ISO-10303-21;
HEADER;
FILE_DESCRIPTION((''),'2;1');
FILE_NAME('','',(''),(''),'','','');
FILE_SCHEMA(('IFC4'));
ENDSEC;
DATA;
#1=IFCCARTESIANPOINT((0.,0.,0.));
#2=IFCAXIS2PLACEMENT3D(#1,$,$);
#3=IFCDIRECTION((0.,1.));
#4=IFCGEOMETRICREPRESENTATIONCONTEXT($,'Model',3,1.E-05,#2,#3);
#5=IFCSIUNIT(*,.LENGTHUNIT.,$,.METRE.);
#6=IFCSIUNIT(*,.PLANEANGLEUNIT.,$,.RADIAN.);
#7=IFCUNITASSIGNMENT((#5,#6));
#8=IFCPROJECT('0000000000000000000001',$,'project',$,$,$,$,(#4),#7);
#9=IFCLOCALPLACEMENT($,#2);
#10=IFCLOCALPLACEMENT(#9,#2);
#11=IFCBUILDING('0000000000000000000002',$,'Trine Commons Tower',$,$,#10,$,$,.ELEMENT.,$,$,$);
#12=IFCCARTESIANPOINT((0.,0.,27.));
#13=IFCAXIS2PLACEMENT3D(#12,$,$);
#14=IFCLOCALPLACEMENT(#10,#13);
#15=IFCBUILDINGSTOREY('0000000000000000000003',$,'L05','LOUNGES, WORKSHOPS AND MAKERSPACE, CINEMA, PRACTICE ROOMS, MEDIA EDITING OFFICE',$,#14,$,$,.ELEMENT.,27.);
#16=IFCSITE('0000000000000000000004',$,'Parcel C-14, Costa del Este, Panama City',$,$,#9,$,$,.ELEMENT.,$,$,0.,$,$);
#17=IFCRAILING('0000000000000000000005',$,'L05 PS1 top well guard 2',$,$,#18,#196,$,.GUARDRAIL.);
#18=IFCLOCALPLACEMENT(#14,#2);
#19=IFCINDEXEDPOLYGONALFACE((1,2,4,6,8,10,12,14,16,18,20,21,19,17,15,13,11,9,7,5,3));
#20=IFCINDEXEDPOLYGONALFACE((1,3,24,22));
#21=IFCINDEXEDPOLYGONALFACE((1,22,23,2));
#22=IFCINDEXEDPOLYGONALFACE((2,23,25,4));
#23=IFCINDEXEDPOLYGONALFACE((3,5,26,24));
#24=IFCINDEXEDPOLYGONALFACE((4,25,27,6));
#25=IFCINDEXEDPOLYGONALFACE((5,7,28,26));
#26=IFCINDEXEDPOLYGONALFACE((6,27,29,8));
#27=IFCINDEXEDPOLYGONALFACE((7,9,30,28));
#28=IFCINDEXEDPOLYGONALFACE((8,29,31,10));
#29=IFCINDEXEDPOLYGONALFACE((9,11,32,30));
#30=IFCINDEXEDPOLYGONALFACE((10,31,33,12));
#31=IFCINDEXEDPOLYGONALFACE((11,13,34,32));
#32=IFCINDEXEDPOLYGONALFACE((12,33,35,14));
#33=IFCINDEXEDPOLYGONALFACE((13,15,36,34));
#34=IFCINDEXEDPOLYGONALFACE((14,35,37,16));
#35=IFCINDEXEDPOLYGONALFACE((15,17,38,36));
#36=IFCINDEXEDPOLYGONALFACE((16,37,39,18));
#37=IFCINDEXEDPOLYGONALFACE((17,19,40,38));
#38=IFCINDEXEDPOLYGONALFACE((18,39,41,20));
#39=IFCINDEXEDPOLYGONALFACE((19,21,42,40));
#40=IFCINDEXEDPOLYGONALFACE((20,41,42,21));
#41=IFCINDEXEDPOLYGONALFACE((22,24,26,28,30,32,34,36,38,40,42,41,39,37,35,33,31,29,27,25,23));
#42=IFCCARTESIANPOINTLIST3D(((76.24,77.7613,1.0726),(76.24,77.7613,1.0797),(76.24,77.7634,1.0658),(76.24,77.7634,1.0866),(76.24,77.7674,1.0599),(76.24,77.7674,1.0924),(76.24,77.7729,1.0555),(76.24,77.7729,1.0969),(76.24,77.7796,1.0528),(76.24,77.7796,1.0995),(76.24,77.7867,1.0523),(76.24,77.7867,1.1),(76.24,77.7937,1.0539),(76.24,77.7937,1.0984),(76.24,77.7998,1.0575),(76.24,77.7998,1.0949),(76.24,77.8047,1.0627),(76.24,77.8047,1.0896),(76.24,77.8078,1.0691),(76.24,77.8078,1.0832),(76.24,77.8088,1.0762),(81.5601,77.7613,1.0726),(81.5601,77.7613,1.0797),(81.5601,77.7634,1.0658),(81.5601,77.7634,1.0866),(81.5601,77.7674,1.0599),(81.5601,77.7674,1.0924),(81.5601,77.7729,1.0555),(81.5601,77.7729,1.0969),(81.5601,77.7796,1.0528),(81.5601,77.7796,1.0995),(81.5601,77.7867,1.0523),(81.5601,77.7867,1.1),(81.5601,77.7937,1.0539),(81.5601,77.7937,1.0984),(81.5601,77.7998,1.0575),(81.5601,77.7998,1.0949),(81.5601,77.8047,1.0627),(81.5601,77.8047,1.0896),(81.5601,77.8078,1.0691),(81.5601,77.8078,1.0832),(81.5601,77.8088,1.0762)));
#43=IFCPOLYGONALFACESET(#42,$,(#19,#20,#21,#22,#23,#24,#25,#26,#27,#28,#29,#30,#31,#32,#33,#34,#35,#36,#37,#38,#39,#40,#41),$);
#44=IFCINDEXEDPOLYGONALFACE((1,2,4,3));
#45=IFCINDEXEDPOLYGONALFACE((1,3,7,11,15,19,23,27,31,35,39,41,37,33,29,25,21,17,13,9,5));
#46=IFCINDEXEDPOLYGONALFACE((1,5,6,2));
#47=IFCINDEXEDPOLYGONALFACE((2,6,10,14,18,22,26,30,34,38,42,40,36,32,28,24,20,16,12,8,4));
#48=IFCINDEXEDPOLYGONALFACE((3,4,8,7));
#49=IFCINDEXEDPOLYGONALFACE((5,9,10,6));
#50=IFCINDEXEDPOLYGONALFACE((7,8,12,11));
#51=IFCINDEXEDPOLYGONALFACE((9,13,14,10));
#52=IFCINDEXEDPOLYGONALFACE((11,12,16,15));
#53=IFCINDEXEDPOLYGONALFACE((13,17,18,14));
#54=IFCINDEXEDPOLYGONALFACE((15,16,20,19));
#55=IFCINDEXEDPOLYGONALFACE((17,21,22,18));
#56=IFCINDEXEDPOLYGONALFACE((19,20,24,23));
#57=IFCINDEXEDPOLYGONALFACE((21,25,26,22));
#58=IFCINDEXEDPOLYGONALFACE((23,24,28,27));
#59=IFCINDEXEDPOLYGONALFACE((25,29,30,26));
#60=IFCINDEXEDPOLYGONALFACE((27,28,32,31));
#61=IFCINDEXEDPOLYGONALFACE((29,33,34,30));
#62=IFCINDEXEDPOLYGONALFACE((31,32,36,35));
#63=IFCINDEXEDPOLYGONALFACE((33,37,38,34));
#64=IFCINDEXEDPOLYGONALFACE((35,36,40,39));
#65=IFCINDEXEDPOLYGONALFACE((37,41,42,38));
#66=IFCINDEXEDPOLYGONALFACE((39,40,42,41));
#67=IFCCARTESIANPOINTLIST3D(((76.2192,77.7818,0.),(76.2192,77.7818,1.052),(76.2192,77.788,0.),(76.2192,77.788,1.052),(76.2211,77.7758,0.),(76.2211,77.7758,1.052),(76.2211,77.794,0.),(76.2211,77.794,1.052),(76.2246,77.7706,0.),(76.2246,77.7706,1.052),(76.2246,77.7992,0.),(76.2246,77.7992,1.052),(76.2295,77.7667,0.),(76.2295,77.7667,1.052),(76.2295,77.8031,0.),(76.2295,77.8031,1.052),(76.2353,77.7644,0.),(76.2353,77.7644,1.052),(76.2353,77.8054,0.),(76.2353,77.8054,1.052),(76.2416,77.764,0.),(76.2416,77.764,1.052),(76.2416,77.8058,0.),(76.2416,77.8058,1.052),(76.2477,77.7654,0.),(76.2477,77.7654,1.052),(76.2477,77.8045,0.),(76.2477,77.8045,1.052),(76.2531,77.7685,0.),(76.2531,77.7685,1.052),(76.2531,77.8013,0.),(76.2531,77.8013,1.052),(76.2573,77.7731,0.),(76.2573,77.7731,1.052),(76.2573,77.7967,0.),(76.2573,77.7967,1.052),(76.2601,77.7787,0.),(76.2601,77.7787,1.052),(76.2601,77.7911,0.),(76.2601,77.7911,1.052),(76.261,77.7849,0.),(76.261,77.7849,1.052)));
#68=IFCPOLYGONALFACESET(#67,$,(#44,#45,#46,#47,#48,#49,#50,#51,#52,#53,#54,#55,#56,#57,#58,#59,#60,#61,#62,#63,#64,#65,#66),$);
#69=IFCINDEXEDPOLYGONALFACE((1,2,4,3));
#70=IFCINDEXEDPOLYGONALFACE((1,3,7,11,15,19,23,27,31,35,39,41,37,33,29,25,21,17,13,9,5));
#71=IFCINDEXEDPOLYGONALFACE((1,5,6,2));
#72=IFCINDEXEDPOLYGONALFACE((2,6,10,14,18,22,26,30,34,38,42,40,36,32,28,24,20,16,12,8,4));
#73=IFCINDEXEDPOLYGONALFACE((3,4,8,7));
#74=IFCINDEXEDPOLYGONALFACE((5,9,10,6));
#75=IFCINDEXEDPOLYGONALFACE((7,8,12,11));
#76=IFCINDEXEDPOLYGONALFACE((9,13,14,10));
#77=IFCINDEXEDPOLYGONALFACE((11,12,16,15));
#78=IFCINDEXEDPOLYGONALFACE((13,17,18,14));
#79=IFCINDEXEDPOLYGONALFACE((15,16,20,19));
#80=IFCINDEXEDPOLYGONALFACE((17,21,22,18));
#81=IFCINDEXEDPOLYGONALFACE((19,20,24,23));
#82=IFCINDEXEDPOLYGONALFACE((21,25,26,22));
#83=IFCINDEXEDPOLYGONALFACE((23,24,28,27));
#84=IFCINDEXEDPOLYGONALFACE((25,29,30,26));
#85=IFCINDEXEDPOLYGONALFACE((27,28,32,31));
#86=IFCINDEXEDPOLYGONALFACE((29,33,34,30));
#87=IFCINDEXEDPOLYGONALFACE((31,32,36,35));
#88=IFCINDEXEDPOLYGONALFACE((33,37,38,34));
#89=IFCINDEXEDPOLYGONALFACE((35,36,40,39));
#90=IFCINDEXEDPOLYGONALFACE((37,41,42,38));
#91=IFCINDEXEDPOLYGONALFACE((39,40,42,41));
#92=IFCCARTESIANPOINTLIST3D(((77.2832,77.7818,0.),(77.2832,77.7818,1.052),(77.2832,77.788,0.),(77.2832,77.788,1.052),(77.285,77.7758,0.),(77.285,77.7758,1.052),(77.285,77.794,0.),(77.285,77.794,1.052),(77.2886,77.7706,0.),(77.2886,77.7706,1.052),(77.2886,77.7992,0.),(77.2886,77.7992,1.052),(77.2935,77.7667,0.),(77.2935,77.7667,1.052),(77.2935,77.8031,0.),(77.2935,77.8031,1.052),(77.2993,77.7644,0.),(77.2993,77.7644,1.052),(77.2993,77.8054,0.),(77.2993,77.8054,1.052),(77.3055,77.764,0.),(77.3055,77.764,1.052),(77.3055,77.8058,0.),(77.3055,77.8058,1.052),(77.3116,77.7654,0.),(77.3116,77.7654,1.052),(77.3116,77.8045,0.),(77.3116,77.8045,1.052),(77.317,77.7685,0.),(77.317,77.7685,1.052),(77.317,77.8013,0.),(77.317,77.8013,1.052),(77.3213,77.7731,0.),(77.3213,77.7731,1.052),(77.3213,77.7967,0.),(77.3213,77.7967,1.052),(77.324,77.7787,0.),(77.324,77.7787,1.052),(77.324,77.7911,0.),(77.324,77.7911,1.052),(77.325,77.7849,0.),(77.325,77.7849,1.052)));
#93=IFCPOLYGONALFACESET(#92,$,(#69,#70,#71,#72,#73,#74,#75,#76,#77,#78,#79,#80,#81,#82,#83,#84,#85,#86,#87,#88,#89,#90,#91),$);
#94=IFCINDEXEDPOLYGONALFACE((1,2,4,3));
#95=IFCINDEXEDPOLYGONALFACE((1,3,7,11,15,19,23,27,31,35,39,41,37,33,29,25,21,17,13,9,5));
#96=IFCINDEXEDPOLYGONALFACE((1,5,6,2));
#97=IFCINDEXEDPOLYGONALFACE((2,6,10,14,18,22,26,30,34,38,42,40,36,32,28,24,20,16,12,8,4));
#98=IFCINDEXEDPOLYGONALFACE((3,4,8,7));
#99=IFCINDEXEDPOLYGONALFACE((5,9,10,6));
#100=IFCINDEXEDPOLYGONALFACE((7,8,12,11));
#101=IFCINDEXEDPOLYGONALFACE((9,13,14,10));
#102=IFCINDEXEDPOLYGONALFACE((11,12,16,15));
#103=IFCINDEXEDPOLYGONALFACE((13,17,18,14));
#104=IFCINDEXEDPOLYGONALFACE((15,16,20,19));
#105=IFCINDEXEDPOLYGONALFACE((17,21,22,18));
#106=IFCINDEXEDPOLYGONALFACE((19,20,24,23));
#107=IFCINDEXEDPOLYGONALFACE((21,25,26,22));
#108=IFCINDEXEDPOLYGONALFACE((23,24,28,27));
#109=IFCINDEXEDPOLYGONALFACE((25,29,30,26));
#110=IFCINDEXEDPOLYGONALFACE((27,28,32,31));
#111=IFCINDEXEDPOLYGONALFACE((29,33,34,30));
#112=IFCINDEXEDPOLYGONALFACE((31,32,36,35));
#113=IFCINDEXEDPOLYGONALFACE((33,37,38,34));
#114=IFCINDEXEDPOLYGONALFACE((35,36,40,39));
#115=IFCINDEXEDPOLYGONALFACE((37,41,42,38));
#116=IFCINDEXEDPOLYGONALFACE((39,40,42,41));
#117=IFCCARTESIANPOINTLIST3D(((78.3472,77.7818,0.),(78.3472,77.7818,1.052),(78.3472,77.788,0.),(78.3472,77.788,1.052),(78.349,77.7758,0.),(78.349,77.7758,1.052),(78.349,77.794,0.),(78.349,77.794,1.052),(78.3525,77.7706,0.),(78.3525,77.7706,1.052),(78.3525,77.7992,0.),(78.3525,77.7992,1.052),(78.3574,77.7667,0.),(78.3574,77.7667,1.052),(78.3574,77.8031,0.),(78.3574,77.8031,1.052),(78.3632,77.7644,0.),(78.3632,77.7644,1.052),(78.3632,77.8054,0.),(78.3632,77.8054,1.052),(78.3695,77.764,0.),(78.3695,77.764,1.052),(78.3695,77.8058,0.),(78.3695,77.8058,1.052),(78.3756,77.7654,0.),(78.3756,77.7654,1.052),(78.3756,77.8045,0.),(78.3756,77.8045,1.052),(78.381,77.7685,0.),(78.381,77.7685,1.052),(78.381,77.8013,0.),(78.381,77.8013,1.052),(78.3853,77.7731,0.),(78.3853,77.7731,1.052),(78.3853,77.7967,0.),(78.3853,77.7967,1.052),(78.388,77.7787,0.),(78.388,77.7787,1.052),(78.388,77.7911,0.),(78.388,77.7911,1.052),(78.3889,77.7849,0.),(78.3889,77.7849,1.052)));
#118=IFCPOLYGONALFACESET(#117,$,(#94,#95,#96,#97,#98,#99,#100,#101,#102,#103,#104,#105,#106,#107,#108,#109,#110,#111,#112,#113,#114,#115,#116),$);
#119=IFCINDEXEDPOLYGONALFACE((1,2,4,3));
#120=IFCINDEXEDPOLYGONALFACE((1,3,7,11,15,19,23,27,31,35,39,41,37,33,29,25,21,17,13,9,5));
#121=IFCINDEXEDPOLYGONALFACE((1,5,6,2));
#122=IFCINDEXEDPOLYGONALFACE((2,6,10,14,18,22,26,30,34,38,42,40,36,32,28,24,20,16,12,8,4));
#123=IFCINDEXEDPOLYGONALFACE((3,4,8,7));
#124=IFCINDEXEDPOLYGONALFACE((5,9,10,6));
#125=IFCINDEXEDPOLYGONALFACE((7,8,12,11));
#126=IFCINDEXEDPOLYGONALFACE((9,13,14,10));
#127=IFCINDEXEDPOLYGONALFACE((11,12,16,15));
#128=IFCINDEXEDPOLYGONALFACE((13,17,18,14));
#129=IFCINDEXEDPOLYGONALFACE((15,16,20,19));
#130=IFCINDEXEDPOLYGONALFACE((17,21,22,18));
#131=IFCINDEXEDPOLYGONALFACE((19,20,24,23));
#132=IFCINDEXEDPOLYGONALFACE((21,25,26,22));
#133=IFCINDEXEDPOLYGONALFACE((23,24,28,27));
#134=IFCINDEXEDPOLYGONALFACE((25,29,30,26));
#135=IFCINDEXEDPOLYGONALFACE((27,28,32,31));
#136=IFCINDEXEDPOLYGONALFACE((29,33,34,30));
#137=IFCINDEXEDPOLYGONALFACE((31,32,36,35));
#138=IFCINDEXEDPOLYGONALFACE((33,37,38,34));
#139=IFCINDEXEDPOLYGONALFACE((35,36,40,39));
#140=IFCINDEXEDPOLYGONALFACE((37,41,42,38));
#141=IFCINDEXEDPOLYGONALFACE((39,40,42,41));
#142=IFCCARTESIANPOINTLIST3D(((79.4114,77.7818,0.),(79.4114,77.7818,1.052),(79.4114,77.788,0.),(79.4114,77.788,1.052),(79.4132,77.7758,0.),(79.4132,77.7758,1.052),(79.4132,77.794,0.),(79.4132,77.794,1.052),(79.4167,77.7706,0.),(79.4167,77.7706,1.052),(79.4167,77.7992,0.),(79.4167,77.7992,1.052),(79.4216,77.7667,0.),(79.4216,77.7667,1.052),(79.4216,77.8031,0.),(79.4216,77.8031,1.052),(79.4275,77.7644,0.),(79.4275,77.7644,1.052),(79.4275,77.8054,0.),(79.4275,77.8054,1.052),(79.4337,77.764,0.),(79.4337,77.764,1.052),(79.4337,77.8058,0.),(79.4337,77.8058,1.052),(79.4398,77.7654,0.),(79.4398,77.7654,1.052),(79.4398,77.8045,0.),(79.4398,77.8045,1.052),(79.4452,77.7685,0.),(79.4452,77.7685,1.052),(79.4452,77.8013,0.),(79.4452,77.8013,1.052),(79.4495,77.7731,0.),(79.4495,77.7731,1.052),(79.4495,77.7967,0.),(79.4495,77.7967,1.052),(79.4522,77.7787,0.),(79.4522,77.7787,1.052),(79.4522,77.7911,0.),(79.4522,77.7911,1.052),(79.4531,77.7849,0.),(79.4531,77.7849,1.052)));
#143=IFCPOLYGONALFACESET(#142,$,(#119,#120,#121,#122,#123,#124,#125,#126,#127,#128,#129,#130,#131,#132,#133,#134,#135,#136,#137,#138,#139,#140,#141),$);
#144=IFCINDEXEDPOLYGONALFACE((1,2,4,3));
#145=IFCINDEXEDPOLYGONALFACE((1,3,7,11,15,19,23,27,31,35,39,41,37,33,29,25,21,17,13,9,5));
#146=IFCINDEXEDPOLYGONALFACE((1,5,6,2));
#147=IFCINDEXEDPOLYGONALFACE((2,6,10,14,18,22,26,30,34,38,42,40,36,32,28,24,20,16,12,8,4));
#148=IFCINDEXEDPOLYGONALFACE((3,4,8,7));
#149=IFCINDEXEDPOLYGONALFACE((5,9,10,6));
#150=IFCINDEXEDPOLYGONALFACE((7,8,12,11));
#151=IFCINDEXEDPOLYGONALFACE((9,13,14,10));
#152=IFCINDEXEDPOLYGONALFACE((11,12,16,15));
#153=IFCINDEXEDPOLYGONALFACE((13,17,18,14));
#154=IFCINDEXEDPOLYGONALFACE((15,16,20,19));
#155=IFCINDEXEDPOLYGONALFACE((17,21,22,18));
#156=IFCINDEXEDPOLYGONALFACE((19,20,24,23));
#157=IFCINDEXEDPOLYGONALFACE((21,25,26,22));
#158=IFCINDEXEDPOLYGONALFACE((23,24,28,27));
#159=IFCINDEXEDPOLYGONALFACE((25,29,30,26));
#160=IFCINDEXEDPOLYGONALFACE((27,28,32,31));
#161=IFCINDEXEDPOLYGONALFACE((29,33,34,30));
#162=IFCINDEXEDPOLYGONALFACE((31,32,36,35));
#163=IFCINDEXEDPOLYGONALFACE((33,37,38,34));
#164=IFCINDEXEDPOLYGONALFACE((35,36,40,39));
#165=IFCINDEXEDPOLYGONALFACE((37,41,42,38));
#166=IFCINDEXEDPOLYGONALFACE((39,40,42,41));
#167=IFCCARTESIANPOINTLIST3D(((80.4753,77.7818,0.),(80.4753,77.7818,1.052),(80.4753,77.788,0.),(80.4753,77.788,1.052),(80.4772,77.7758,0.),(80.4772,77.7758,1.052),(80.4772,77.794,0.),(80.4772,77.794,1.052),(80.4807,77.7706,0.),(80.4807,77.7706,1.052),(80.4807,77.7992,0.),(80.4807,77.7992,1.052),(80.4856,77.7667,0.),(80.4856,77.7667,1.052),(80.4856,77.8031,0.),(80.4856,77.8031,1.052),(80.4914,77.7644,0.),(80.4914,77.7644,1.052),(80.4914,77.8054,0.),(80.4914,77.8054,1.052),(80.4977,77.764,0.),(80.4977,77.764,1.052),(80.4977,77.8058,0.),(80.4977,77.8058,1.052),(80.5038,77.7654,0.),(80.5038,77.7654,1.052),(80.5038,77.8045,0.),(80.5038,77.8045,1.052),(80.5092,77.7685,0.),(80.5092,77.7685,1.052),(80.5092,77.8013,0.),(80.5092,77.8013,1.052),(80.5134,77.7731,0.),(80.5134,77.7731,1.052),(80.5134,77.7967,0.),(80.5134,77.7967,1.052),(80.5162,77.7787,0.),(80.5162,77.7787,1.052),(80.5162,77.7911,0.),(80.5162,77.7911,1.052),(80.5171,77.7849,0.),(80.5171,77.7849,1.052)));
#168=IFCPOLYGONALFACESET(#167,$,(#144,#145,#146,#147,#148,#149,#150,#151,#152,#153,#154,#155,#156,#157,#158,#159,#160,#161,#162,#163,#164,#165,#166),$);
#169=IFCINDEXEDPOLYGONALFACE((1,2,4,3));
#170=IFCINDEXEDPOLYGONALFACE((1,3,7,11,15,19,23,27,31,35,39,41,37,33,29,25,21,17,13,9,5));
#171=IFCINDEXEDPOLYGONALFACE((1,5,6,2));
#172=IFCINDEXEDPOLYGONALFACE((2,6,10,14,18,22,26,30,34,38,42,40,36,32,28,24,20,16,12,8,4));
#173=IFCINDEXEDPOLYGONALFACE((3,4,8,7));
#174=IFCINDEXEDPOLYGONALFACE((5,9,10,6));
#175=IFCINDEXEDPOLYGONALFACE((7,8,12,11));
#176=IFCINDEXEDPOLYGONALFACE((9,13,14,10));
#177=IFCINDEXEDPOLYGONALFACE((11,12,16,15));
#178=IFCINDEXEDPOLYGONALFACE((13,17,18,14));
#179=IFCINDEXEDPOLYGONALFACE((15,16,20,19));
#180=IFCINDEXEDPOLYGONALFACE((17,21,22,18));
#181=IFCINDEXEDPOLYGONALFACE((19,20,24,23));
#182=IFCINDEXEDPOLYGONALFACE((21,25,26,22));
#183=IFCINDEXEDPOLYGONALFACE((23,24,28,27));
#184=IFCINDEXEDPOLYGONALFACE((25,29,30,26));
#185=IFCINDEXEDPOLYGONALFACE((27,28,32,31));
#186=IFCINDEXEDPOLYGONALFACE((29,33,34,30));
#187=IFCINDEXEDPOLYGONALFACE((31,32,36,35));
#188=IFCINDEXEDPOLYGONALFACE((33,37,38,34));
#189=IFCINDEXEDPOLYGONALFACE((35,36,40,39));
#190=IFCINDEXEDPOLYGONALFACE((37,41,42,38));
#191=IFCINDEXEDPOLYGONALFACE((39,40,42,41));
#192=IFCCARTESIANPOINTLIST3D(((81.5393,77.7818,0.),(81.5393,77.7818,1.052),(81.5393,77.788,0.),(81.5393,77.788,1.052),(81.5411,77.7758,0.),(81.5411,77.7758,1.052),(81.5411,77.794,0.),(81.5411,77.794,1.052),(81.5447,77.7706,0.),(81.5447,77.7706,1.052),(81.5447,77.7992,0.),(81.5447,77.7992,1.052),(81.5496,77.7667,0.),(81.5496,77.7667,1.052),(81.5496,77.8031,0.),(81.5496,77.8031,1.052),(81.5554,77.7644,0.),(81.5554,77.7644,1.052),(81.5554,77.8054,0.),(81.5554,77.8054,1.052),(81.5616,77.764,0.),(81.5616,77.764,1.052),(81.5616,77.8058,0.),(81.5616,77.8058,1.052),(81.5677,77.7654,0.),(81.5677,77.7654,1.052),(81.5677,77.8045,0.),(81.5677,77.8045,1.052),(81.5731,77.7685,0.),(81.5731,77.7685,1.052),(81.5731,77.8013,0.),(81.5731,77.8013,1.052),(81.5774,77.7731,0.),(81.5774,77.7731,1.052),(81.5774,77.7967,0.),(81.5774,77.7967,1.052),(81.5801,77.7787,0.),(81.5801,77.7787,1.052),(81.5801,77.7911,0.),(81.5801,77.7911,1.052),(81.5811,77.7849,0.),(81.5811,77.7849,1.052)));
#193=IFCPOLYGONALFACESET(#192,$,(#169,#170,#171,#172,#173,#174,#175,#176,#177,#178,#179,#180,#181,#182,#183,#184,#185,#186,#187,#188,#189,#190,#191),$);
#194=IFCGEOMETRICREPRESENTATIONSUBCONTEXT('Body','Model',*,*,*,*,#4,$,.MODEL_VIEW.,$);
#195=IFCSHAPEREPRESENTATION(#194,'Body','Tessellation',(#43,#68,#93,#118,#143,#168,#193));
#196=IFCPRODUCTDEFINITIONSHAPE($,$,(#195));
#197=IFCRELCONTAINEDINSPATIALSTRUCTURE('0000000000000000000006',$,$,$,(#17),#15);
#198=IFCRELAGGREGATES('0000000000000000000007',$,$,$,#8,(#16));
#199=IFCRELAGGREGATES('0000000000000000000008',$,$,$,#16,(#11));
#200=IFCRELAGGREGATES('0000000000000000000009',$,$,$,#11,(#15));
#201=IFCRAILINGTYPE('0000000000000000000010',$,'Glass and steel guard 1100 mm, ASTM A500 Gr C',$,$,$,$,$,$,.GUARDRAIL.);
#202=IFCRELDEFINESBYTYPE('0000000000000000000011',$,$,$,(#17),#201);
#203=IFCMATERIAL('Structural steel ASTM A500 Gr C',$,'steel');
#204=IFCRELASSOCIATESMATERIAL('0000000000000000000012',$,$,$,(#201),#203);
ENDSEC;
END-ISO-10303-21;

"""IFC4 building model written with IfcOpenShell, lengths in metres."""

from ifc_helpers import new_model, si_unit, direction, frame, origin, origin_2d, place, context, subcontext, project, spatial, circle, extrude, material, type_object, element, save


model = new_model("IFC4")

# Units and contexts
model_context = context("Model", 3, precision=1e-05, world=origin(), true_north=direction((0.0, 1.0)))
body_context = subcontext(model_context, "Body", "Model", "MODEL_VIEW")
ifc_project = project(units=[si_unit("LENGTHUNIT", "METRE"), si_unit("PLANEANGLEUNIT", "RADIAN")], contexts=[model_context])

# Site, building, storey
site_placement = place(None, origin())
site = spatial("IfcSite", under=ifc_project, at=site_placement, Name="Parcel C-14, Costa del Este, Panama City", CompositionType="ELEMENT", RefElevation=0.0)
building_placement = place(site_placement, origin())
building = spatial("IfcBuilding", under=site, at=building_placement, Name="Trine Commons Tower", CompositionType="ELEMENT")
storey_placement = place(building_placement, frame((0.0, 0.0, 27.0)))
storey = spatial("IfcBuildingStorey", under=building, at=storey_placement, Name="L05", Description="LOUNGES, WORKSHOPS AND MAKERSPACE, CINEMA, PRACTICE ROOMS, MEDIA EDITING OFFICE", CompositionType="ELEMENT", Elevation=27.0)

# Railing
ifc_material_1 = material(Name="Structural steel ASTM A500 Gr C", Category="steel")
railing_type = type_object("IfcRailingType", Name="Glass and steel guard 1100 mm, ASTM A500 Gr C", PredefinedType="GUARDRAIL", material=ifc_material_1)
for number, where, name in (
    (1, (76.24, 77.7849, 0.0), "L05 PS1 top well guard 2"),
):
    element("IfcRailing", number, at=place(storey_placement, frame(where)), inside=storey, type_object=railing_type, Name=name, PredefinedType="GUARDRAIL", context=body_context, shape_type="SweptSolid", body=[
        extrude(circle(Radius=0.0239, at=origin_2d()), frame((0.0, 0.0, 1.0762), z_axis=(1.0, 0.0, 0.0), x_axis=(0.0, 1.0, 0.0)), (0.0, 0.0, 1.0), 5.3201),
        extrude(circle(Radius=0.021, at=origin_2d()), origin(), (0.0, 0.0, 1.0), 1.052),
        extrude(circle(Radius=0.021, at=origin_2d()), frame((1.064, 0.0, 0.0)), (0.0, 0.0, 1.0), 1.052),
        extrude(circle(Radius=0.021, at=origin_2d()), frame((2.1279, 0.0, 0.0)), (0.0, 0.0, 1.0), 1.052),
        extrude(circle(Radius=0.021, at=origin_2d()), frame((3.1921, 0.0, 0.0)), (0.0, 0.0, 1.0), 1.052),
        extrude(circle(Radius=0.021, at=origin_2d()), frame((4.2561, 0.0, 0.0)), (0.0, 0.0, 1.0), 1.052),
        extrude(circle(Radius=0.021, at=origin_2d()), frame((5.3201, 0.0, 0.0)), (0.0, 0.0, 1.0), 1.052),
    ])

save(model, "model.ifc")
